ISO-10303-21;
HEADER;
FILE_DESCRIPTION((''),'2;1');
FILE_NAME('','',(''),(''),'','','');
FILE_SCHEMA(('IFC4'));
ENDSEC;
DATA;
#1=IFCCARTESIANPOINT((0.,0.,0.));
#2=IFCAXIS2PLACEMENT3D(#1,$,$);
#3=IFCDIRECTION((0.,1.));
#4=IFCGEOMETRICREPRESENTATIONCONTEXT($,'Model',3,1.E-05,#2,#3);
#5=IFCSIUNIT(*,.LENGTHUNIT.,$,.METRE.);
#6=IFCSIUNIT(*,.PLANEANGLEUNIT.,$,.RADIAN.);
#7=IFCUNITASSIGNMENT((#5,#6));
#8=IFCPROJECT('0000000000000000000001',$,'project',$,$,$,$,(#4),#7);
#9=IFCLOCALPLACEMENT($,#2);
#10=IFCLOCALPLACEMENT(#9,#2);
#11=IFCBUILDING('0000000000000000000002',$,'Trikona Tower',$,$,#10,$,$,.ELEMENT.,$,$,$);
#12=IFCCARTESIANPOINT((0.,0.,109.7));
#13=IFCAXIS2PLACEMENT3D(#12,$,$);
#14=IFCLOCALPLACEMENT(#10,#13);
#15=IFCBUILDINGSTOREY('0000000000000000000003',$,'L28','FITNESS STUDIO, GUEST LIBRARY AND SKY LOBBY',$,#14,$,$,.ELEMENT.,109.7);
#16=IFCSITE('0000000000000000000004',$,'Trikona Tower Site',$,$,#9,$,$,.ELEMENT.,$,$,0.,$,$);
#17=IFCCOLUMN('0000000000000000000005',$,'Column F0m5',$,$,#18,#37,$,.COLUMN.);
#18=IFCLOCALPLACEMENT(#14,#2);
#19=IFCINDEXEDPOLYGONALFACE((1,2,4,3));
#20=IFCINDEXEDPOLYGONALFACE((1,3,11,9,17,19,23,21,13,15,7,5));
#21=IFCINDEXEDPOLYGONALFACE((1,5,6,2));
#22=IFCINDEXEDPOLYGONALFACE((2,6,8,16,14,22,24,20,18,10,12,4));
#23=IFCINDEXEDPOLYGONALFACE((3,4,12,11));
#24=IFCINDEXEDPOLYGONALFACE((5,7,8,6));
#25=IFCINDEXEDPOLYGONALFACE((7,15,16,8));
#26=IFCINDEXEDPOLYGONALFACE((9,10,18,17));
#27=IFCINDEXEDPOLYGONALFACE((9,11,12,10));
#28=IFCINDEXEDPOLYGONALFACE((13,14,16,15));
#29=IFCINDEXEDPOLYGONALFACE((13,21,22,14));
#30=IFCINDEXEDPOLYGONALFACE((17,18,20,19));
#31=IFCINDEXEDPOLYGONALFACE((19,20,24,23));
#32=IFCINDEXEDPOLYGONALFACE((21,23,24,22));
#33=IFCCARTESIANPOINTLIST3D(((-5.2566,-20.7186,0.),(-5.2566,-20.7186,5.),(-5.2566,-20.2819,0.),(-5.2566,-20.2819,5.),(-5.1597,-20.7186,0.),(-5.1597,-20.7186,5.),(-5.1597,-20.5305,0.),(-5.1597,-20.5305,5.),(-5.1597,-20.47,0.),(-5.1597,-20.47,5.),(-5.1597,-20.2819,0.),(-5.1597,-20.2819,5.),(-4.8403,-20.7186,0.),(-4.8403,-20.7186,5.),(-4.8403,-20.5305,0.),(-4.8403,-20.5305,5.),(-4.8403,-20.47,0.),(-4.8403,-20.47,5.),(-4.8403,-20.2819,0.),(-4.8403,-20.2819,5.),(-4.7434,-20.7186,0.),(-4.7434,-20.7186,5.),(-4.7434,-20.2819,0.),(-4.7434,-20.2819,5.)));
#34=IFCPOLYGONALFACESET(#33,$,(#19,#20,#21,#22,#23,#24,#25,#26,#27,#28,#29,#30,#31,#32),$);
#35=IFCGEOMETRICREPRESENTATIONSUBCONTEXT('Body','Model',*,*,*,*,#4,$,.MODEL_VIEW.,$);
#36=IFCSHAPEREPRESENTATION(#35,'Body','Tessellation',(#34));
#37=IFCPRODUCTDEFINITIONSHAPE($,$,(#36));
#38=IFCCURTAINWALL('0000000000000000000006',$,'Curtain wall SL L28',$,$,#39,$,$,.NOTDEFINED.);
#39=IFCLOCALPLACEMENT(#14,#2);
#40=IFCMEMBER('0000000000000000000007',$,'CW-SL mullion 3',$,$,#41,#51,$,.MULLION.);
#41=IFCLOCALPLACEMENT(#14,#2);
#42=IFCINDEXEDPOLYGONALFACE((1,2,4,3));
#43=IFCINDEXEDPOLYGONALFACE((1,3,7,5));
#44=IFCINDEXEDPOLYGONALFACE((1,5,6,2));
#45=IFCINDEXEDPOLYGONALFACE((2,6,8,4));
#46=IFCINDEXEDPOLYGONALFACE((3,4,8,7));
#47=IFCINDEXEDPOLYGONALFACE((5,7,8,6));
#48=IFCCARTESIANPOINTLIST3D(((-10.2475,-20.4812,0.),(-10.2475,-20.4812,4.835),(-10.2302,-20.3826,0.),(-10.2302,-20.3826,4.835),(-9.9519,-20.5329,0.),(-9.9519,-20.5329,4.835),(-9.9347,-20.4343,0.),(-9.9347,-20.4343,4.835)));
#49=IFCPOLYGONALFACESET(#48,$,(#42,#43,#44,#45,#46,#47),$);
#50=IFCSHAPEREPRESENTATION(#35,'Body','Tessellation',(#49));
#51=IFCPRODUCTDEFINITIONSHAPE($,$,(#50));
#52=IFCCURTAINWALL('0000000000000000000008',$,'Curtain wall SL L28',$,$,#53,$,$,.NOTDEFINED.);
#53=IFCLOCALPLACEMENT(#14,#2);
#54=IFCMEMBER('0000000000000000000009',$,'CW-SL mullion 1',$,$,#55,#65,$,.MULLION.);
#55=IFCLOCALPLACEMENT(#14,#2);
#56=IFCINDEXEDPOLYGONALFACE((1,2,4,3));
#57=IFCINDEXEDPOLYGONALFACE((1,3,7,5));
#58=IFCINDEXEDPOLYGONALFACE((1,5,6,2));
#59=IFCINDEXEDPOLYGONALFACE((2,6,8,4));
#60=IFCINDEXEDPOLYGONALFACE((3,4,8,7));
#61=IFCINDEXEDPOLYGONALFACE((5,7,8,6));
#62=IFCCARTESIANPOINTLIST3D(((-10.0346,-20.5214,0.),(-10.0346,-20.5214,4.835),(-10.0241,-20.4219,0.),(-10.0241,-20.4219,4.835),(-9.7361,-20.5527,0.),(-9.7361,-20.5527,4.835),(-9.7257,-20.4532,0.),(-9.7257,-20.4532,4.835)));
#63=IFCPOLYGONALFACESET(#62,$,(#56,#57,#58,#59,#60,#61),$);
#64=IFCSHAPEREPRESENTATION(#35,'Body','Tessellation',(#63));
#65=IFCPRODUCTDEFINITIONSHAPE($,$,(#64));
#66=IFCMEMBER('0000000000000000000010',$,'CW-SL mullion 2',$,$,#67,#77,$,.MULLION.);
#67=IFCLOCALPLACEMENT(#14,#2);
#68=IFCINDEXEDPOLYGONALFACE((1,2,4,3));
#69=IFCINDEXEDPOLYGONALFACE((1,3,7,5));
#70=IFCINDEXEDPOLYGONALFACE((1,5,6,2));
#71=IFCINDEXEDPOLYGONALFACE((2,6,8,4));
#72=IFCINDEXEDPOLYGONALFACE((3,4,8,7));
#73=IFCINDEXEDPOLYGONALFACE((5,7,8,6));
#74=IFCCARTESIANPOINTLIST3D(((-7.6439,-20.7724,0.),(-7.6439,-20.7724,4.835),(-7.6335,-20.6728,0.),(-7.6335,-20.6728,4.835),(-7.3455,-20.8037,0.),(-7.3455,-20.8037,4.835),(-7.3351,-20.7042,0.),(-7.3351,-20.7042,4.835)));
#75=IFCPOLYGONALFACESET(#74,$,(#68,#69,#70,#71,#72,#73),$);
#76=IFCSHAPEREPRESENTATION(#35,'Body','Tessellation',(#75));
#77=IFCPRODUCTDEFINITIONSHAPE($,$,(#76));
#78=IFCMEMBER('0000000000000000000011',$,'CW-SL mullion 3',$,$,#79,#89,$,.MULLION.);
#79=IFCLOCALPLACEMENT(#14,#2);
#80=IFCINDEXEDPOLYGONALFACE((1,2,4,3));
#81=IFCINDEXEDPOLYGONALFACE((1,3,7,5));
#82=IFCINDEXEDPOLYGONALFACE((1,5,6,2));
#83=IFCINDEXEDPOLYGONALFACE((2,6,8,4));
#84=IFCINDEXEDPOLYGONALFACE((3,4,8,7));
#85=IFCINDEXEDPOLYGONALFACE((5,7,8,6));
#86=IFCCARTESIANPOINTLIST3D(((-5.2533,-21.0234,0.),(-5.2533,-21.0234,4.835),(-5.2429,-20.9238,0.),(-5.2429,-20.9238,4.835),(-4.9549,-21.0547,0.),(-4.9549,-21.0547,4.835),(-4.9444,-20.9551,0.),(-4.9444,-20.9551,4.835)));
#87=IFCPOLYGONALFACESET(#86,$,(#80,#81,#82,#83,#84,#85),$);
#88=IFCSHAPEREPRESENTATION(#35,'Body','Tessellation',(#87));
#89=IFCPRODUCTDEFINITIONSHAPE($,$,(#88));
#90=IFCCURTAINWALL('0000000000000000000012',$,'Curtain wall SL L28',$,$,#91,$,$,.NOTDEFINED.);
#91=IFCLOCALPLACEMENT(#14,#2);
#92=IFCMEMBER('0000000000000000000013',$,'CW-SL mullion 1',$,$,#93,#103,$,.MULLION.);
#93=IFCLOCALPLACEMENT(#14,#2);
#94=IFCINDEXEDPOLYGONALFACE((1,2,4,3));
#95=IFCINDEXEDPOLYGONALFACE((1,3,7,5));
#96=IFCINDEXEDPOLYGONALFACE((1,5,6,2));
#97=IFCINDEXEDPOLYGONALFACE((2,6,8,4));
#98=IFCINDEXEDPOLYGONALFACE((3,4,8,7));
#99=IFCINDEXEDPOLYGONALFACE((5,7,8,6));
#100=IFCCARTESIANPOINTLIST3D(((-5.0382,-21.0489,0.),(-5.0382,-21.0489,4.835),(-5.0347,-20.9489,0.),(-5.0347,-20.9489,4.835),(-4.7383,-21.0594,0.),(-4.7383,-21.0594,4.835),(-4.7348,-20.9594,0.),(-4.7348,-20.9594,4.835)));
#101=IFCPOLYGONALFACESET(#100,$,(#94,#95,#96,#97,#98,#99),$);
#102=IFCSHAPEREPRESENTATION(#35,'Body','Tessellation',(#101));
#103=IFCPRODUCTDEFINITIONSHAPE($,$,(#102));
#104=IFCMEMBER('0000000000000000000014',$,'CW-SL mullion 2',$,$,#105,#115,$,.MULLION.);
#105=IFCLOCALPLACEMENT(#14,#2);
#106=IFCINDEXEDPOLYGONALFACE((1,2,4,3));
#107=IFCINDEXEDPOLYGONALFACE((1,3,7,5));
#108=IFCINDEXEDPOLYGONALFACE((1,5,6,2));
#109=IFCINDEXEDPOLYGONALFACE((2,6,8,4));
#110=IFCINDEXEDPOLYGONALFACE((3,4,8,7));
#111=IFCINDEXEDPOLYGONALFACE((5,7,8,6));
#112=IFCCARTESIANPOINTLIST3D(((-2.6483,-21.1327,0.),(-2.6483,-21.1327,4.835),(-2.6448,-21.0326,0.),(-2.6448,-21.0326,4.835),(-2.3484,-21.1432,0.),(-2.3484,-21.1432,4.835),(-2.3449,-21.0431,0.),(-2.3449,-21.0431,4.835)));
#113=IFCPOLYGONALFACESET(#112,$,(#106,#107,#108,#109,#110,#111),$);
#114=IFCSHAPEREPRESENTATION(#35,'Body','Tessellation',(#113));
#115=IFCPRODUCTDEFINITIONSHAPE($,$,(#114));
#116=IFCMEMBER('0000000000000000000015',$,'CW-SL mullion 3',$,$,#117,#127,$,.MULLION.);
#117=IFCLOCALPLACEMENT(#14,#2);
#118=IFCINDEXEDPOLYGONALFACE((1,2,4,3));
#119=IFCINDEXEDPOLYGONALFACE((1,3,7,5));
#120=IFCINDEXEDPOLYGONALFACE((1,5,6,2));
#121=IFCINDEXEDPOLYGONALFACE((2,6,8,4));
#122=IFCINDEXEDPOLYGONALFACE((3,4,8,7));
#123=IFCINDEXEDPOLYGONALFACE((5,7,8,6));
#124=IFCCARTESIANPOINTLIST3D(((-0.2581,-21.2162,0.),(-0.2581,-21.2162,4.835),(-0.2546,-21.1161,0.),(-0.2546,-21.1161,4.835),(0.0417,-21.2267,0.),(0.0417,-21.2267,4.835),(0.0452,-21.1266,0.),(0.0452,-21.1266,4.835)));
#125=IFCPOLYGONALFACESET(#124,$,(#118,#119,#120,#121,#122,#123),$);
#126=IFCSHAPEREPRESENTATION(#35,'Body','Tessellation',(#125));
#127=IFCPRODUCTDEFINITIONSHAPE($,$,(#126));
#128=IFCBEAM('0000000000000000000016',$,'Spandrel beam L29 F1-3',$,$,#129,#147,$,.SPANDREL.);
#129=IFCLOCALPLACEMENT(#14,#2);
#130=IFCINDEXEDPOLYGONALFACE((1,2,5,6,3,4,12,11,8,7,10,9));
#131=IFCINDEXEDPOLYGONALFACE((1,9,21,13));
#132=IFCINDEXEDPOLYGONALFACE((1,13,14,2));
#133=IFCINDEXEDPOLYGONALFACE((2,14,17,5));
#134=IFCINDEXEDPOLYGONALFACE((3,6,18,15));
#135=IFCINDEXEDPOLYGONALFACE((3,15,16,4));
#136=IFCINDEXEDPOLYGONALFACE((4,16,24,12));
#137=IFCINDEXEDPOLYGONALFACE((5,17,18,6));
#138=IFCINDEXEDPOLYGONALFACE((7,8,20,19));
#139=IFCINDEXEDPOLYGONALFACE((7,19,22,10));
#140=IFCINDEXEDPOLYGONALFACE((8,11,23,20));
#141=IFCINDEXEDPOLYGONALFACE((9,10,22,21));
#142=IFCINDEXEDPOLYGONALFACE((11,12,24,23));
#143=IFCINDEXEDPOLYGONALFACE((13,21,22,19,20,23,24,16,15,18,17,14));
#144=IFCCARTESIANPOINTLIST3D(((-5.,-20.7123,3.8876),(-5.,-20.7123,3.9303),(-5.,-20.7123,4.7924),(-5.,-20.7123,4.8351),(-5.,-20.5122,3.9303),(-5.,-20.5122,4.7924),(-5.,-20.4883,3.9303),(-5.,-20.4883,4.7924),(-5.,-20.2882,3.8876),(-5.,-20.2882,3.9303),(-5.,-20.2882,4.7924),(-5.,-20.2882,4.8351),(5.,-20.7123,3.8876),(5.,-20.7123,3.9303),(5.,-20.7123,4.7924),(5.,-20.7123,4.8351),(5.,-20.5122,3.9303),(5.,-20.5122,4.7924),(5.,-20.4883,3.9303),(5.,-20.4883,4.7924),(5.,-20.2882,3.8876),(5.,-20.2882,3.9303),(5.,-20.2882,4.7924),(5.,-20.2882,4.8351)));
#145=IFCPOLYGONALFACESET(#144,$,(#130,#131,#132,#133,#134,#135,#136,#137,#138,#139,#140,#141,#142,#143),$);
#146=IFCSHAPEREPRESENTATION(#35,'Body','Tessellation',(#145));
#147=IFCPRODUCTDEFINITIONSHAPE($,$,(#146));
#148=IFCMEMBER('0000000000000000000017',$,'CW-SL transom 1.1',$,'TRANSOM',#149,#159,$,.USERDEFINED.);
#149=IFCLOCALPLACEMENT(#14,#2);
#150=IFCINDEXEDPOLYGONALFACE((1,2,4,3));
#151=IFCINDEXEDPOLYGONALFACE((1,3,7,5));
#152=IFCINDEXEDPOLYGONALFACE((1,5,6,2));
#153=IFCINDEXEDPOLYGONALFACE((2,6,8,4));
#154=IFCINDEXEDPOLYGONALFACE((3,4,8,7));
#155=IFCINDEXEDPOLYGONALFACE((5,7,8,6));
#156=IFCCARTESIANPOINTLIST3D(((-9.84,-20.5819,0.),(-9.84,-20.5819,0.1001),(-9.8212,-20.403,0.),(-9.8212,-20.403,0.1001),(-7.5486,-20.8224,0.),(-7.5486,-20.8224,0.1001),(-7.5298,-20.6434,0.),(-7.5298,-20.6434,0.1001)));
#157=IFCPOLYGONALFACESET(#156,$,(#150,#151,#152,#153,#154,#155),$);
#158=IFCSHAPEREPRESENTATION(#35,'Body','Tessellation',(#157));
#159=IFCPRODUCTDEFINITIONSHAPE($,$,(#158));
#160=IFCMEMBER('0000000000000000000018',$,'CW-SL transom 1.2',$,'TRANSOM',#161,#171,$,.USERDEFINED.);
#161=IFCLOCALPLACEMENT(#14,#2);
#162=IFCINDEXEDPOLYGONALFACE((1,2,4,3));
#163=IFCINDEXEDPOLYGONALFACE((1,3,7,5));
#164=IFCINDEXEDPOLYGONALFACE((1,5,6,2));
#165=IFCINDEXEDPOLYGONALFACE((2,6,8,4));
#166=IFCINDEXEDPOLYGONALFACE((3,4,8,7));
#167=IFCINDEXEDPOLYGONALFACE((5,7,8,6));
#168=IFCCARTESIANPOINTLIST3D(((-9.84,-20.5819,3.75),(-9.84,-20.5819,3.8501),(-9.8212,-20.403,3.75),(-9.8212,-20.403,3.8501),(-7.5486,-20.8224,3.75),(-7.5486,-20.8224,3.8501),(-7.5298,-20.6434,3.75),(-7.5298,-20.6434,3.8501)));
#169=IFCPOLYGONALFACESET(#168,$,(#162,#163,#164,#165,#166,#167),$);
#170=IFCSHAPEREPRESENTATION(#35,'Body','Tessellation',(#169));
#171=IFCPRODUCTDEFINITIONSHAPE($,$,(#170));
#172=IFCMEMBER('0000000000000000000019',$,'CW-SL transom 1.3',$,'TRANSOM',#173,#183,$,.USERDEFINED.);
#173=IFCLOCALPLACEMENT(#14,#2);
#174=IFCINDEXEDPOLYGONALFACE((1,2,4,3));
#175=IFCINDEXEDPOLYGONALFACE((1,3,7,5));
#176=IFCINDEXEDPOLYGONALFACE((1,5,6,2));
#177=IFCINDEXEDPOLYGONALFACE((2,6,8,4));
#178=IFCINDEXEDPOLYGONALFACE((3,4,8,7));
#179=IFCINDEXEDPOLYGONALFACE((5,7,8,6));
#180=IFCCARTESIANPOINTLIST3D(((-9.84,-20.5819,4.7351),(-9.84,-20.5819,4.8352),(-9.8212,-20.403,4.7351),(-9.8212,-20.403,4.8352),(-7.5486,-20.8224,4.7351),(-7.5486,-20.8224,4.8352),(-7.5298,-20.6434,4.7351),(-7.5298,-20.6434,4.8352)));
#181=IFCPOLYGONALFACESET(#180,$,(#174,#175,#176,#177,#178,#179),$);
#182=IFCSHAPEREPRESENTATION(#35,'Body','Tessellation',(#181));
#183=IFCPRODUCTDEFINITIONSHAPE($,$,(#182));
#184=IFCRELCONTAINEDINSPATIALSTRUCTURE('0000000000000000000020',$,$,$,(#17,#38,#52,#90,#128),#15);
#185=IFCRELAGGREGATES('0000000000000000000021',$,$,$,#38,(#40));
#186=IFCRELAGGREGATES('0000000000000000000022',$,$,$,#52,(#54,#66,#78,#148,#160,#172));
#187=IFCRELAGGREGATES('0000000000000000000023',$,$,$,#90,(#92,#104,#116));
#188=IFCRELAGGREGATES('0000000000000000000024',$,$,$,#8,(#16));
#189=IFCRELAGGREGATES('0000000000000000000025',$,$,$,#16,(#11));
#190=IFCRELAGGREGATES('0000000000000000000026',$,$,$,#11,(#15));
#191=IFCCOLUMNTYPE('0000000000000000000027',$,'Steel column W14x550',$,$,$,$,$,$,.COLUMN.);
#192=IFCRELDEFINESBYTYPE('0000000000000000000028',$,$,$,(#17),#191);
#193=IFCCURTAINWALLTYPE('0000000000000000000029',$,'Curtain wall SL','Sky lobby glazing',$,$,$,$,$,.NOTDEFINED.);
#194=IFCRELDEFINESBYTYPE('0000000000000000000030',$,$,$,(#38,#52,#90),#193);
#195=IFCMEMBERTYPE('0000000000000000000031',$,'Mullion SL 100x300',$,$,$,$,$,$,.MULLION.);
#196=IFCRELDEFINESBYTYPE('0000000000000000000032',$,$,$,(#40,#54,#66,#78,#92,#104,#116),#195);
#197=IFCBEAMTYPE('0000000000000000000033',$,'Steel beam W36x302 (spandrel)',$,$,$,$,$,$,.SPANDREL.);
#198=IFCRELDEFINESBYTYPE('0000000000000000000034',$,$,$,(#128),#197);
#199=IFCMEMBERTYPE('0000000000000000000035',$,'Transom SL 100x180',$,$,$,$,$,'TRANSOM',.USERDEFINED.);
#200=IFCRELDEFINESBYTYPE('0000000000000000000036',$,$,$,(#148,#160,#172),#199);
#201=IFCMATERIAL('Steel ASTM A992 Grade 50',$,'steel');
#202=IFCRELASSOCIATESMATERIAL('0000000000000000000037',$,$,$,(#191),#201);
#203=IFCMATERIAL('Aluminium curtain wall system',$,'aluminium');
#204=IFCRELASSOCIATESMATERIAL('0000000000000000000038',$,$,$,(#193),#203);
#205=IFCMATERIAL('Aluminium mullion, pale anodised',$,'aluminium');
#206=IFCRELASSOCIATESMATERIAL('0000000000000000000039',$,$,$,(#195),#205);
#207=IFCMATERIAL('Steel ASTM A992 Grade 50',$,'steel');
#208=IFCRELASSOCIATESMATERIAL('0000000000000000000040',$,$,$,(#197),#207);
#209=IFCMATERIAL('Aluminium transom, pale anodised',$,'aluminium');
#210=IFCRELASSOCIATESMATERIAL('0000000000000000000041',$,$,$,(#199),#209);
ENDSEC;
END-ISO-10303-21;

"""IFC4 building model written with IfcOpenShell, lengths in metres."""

from ifc_helpers import new_model, si_unit, direction, frame, origin, origin_2d, place, context, subcontext, project, spatial, rectangle, i_section, extrude, material, material_profile, profile_set, type_object, element, aggregate, save


model = new_model("IFC4")

# Units and contexts
model_context = context("Model", 3, precision=1e-05, world=origin(), true_north=direction((0.0, 1.0)))
body_context = subcontext(model_context, "Body", "Model", "MODEL_VIEW")
ifc_project = project(units=[si_unit("LENGTHUNIT", "METRE"), si_unit("PLANEANGLEUNIT", "RADIAN")], contexts=[model_context])

# Site, building, storey
site_placement = place(None, origin())
site = spatial("IfcSite", under=ifc_project, at=site_placement, Name="Trikona Tower Site", CompositionType="ELEMENT", RefElevation=0.0)
building_placement = place(site_placement, origin())
building = spatial("IfcBuilding", under=site, at=building_placement, Name="Trikona Tower", CompositionType="ELEMENT")
storey_placement = place(building_placement, frame((0.0, 0.0, 109.7)))
storey = spatial("IfcBuildingStorey", under=building, at=storey_placement, Name="L28", Description="FITNESS STUDIO, GUEST LIBRARY AND SKY LOBBY", CompositionType="ELEMENT", Elevation=109.7)

# Column
ifc_material_1 = material(Name="Steel ASTM A992 Grade 50", Category="steel")
ifc_material_profile_1 = material_profile(ifc_material_1, i_section(OverallWidth=0.4368, OverallDepth=0.5132, WebThickness=0.0605, FlangeThickness=0.0969, at=origin_2d()), Name="W14X550")
ifc_profile_set_1 = profile_set([ifc_material_profile_1], Name="Steel ASTM A992 Grade 50")
column_type = type_object("IfcColumnType", Name="Steel column W14x550", PredefinedType="COLUMN", material=ifc_profile_set_1)
column_placement = place(storey_placement, frame((-5.0, -20.5002, 0.0), z_axis=(0.0, 0.0, 1.0), x_axis=(0.0, -1.0, 0.0)))
element("IfcColumn", 1, at=column_placement, inside=storey, type_object=column_type, Name="Column F0m5", PredefinedType="COLUMN", context=body_context, shape_type="SweptSolid", body=[
    extrude(i_section(OverallWidth=0.4368, OverallDepth=0.5132, WebThickness=0.0605, FlangeThickness=0.0969, at=origin_2d()), origin(), (0.0, 0.0, 1.0), 5.0),
])

# Curtain wall, member
ifc_material_2 = material(Name="Aluminium curtain wall system", Category="aluminium")
curtain_wall_type = type_object("IfcCurtainWallType", Name="Curtain wall SL", Description="Sky lobby glazing", PredefinedType="NOTDEFINED", material=ifc_material_2)
curtain_wall_1_placement = place(storey_placement, origin())
curtain_wall_1 = element("IfcCurtainWall", 2, at=curtain_wall_1_placement, inside=storey, type_object=curtain_wall_type, Name="Curtain wall SL L28", PredefinedType="NOTDEFINED")
ifc_material_3 = material(Name="Aluminium mullion, pale anodised", Category="aluminium")
ifc_material_profile_2 = material_profile(ifc_material_3, rectangle(XDim=0.1001, YDim=0.3, at=origin_2d()), Name="MUL-SL")
ifc_profile_set_2 = profile_set([ifc_material_profile_2], Name="Aluminium mullion, pale anodised")
member_type_1 = type_object("IfcMemberType", Name="Mullion SL 100x300", PredefinedType="MULLION", material=ifc_profile_set_2)
member_1_placement = place(storey_placement, frame((-10.0911, -20.4578, 0.0), z_axis=(0.0, 0.0, 1.0), x_axis=(0.172397, 0.985028, 0.0)))
member_1 = element("IfcMember", 3, at=member_1_placement, type_object=member_type_1, Name="CW-SL mullion 3", PredefinedType="MULLION", context=body_context, shape_type="SweptSolid", body=[
    extrude(rectangle(XDim=0.1001, YDim=0.3, at=origin_2d()), origin(), (0.0, 0.0, 1.0), 4.835),
])

# Curtain walls, members
curtain_wall_2_placement = place(storey_placement, origin())
curtain_wall_2 = element("IfcCurtainWall", 4, at=curtain_wall_2_placement, inside=storey, type_object=curtain_wall_type, Name="Curtain wall SL L28", PredefinedType="NOTDEFINED")
member_2_placement = place(storey_placement, frame((-9.8801, -20.4873, 0.0), z_axis=(0.0, 0.0, 1.0), x_axis=(0.104431, 0.994532, 0.0)))
member_2 = element("IfcMember", 5, at=member_2_placement, type_object=member_type_1, Name="CW-SL mullion 1", PredefinedType="MULLION", context=body_context, shape_type="SweptSolid", body=[
    extrude(rectangle(XDim=0.1001, YDim=0.3, at=origin_2d()), origin(), (0.0, 0.0, 1.0), 4.835),
])
member_3_placement = place(storey_placement, frame((-7.4895, -20.7383, 0.0), z_axis=(0.0, 0.0, 1.0), x_axis=(0.104431, 0.994532, 0.0)))
member_3 = element("IfcMember", 6, at=member_3_placement, type_object=member_type_1, Name="CW-SL mullion 2", PredefinedType="MULLION", context=body_context, shape_type="SweptSolid", body=[
    extrude(rectangle(XDim=0.1001, YDim=0.3, at=origin_2d()), origin(), (0.0, 0.0, 1.0), 4.835),
])
member_4_placement = place(storey_placement, frame((-5.0989, -20.9893, 0.0), z_axis=(0.0, 0.0, 1.0), x_axis=(0.104431, 0.994532, 0.0)))
member_4 = element("IfcMember", 7, at=member_4_placement, type_object=member_type_1, Name="CW-SL mullion 3", PredefinedType="MULLION", context=body_context, shape_type="SweptSolid", body=[
    extrude(rectangle(XDim=0.1001, YDim=0.3, at=origin_2d()), origin(), (0.0, 0.0, 1.0), 4.835),
])
curtain_wall_3_placement = place(storey_placement, origin())
curtain_wall_3 = element("IfcCurtainWall", 8, at=curtain_wall_3_placement, inside=storey, type_object=curtain_wall_type, Name="Curtain wall SL L28", PredefinedType="NOTDEFINED")
member_5_placement = place(storey_placement, frame((-4.8865, -21.0042, 0.0), z_axis=(0.0, 0.0, 1.0), x_axis=(0.034979, 0.999388, 0.0)))
member_5 = element("IfcMember", 9, at=member_5_placement, type_object=member_type_1, Name="CW-SL mullion 1", PredefinedType="MULLION", context=body_context, shape_type="SweptSolid", body=[
    extrude(rectangle(XDim=0.1001, YDim=0.3, at=origin_2d()), origin(), (0.0, 0.0, 1.0), 4.835),
])
member_6_placement = place(storey_placement, frame((-2.4966, -21.0879, 0.0), z_axis=(0.0, 0.0, 1.0), x_axis=(0.034979, 0.999388, 0.0)))
member_6 = element("IfcMember", 10, at=member_6_placement, type_object=member_type_1, Name="CW-SL mullion 2", PredefinedType="MULLION", context=body_context, shape_type="SweptSolid", body=[
    extrude(rectangle(XDim=0.1001, YDim=0.3, at=origin_2d()), origin(), (0.0, 0.0, 1.0), 4.835),
])
member_7_placement = place(storey_placement, frame((-0.1064, -21.1714, 0.0), z_axis=(0.0, 0.0, 1.0), x_axis=(0.034979, 0.999388, 0.0)))
member_7 = element("IfcMember", 11, at=member_7_placement, type_object=member_type_1, Name="CW-SL mullion 3", PredefinedType="MULLION", context=body_context, shape_type="SweptSolid", body=[
    extrude(rectangle(XDim=0.1001, YDim=0.3, at=origin_2d()), origin(), (0.0, 0.0, 1.0), 4.835),
])

# Beam
ifc_material_4 = material(Name="Steel ASTM A992 Grade 50", Category="steel")
ifc_material_profile_3 = material_profile(ifc_material_4, i_section(OverallWidth=0.4241, OverallDepth=0.9475, WebThickness=0.0239, FlangeThickness=0.0427, at=origin_2d()), Name="W36X302")
ifc_profile_set_3 = profile_set([ifc_material_profile_3], Name="Steel ASTM A992 Grade 50")
beam_type = type_object("IfcBeamType", Name="Steel beam W36x302 (spandrel)", PredefinedType="SPANDREL", material=ifc_profile_set_3)
beam_placement = place(storey_placement, frame((-5.0, -20.5002, 4.3613), z_axis=(1.0, 0.0, 0.0), x_axis=(0.0, 1.0, 0.0)))
element("IfcBeam", 12, at=beam_placement, inside=storey, type_object=beam_type, Name="Spandrel beam L29 F1-3", PredefinedType="SPANDREL", context=body_context, shape_type="SweptSolid", body=[
    extrude(i_section(OverallWidth=0.4241, OverallDepth=0.9475, WebThickness=0.0239, FlangeThickness=0.0427, at=origin_2d()), origin(), (0.0, 0.0, 1.0), 10.0),
])

# Members
ifc_material_5 = material(Name="Aluminium transom, pale anodised", Category="aluminium")
ifc_material_profile_4 = material_profile(ifc_material_5, rectangle(XDim=0.1799, YDim=0.1001, at=origin_2d()), Name="TRN-SL")
ifc_profile_set_4 = profile_set([ifc_material_profile_4], Name="Aluminium transom, pale anodised")
member_type_2 = type_object("IfcMemberType", Name="Transom SL 100x180", ElementType="TRANSOM", PredefinedType="USERDEFINED", material=ifc_profile_set_4)
member_8_placement = place(storey_placement, frame((-9.8306, -20.4924, 0.05), z_axis=(0.994537, -0.104381, 0.0), x_axis=(0.104381, 0.994537, 0.0)))
member_8 = element("IfcMember", 13, at=member_8_placement, type_object=member_type_2, Name="CW-SL transom 1.1", ObjectType="TRANSOM", PredefinedType="USERDEFINED", context=body_context, shape_type="SweptSolid", body=[
    extrude(rectangle(XDim=0.1799, YDim=0.1001, at=origin_2d()), origin(), (0.0, 0.0, 1.0), 2.304),
])
member_9_placement = place(storey_placement, frame((-9.8306, -20.4924, 3.8), z_axis=(0.994537, -0.104381, 0.0), x_axis=(0.104381, 0.994537, 0.0)))
member_9 = element("IfcMember", 14, at=member_9_placement, type_object=member_type_2, Name="CW-SL transom 1.2", ObjectType="TRANSOM", PredefinedType="USERDEFINED", context=body_context, shape_type="SweptSolid", body=[
    extrude(rectangle(XDim=0.1799, YDim=0.1001, at=origin_2d()), origin(), (0.0, 0.0, 1.0), 2.304),
])
member_10_placement = place(storey_placement, frame((-9.8306, -20.4924, 4.7852), z_axis=(0.994537, -0.104381, 0.0), x_axis=(0.104381, 0.994537, 0.0)))
member_10 = element("IfcMember", 15, at=member_10_placement, type_object=member_type_2, Name="CW-SL transom 1.3", ObjectType="TRANSOM", PredefinedType="USERDEFINED", context=body_context, shape_type="SweptSolid", body=[
    extrude(rectangle(XDim=0.1799, YDim=0.1001, at=origin_2d()), origin(), (0.0, 0.0, 1.0), 2.304),
])

aggregate(curtain_wall_1, [member_1])
aggregate(curtain_wall_2, [member_2, member_3, member_4, member_8, member_9, member_10])
aggregate(curtain_wall_3, [member_5, member_6, member_7])

save(model, "model.ifc")
